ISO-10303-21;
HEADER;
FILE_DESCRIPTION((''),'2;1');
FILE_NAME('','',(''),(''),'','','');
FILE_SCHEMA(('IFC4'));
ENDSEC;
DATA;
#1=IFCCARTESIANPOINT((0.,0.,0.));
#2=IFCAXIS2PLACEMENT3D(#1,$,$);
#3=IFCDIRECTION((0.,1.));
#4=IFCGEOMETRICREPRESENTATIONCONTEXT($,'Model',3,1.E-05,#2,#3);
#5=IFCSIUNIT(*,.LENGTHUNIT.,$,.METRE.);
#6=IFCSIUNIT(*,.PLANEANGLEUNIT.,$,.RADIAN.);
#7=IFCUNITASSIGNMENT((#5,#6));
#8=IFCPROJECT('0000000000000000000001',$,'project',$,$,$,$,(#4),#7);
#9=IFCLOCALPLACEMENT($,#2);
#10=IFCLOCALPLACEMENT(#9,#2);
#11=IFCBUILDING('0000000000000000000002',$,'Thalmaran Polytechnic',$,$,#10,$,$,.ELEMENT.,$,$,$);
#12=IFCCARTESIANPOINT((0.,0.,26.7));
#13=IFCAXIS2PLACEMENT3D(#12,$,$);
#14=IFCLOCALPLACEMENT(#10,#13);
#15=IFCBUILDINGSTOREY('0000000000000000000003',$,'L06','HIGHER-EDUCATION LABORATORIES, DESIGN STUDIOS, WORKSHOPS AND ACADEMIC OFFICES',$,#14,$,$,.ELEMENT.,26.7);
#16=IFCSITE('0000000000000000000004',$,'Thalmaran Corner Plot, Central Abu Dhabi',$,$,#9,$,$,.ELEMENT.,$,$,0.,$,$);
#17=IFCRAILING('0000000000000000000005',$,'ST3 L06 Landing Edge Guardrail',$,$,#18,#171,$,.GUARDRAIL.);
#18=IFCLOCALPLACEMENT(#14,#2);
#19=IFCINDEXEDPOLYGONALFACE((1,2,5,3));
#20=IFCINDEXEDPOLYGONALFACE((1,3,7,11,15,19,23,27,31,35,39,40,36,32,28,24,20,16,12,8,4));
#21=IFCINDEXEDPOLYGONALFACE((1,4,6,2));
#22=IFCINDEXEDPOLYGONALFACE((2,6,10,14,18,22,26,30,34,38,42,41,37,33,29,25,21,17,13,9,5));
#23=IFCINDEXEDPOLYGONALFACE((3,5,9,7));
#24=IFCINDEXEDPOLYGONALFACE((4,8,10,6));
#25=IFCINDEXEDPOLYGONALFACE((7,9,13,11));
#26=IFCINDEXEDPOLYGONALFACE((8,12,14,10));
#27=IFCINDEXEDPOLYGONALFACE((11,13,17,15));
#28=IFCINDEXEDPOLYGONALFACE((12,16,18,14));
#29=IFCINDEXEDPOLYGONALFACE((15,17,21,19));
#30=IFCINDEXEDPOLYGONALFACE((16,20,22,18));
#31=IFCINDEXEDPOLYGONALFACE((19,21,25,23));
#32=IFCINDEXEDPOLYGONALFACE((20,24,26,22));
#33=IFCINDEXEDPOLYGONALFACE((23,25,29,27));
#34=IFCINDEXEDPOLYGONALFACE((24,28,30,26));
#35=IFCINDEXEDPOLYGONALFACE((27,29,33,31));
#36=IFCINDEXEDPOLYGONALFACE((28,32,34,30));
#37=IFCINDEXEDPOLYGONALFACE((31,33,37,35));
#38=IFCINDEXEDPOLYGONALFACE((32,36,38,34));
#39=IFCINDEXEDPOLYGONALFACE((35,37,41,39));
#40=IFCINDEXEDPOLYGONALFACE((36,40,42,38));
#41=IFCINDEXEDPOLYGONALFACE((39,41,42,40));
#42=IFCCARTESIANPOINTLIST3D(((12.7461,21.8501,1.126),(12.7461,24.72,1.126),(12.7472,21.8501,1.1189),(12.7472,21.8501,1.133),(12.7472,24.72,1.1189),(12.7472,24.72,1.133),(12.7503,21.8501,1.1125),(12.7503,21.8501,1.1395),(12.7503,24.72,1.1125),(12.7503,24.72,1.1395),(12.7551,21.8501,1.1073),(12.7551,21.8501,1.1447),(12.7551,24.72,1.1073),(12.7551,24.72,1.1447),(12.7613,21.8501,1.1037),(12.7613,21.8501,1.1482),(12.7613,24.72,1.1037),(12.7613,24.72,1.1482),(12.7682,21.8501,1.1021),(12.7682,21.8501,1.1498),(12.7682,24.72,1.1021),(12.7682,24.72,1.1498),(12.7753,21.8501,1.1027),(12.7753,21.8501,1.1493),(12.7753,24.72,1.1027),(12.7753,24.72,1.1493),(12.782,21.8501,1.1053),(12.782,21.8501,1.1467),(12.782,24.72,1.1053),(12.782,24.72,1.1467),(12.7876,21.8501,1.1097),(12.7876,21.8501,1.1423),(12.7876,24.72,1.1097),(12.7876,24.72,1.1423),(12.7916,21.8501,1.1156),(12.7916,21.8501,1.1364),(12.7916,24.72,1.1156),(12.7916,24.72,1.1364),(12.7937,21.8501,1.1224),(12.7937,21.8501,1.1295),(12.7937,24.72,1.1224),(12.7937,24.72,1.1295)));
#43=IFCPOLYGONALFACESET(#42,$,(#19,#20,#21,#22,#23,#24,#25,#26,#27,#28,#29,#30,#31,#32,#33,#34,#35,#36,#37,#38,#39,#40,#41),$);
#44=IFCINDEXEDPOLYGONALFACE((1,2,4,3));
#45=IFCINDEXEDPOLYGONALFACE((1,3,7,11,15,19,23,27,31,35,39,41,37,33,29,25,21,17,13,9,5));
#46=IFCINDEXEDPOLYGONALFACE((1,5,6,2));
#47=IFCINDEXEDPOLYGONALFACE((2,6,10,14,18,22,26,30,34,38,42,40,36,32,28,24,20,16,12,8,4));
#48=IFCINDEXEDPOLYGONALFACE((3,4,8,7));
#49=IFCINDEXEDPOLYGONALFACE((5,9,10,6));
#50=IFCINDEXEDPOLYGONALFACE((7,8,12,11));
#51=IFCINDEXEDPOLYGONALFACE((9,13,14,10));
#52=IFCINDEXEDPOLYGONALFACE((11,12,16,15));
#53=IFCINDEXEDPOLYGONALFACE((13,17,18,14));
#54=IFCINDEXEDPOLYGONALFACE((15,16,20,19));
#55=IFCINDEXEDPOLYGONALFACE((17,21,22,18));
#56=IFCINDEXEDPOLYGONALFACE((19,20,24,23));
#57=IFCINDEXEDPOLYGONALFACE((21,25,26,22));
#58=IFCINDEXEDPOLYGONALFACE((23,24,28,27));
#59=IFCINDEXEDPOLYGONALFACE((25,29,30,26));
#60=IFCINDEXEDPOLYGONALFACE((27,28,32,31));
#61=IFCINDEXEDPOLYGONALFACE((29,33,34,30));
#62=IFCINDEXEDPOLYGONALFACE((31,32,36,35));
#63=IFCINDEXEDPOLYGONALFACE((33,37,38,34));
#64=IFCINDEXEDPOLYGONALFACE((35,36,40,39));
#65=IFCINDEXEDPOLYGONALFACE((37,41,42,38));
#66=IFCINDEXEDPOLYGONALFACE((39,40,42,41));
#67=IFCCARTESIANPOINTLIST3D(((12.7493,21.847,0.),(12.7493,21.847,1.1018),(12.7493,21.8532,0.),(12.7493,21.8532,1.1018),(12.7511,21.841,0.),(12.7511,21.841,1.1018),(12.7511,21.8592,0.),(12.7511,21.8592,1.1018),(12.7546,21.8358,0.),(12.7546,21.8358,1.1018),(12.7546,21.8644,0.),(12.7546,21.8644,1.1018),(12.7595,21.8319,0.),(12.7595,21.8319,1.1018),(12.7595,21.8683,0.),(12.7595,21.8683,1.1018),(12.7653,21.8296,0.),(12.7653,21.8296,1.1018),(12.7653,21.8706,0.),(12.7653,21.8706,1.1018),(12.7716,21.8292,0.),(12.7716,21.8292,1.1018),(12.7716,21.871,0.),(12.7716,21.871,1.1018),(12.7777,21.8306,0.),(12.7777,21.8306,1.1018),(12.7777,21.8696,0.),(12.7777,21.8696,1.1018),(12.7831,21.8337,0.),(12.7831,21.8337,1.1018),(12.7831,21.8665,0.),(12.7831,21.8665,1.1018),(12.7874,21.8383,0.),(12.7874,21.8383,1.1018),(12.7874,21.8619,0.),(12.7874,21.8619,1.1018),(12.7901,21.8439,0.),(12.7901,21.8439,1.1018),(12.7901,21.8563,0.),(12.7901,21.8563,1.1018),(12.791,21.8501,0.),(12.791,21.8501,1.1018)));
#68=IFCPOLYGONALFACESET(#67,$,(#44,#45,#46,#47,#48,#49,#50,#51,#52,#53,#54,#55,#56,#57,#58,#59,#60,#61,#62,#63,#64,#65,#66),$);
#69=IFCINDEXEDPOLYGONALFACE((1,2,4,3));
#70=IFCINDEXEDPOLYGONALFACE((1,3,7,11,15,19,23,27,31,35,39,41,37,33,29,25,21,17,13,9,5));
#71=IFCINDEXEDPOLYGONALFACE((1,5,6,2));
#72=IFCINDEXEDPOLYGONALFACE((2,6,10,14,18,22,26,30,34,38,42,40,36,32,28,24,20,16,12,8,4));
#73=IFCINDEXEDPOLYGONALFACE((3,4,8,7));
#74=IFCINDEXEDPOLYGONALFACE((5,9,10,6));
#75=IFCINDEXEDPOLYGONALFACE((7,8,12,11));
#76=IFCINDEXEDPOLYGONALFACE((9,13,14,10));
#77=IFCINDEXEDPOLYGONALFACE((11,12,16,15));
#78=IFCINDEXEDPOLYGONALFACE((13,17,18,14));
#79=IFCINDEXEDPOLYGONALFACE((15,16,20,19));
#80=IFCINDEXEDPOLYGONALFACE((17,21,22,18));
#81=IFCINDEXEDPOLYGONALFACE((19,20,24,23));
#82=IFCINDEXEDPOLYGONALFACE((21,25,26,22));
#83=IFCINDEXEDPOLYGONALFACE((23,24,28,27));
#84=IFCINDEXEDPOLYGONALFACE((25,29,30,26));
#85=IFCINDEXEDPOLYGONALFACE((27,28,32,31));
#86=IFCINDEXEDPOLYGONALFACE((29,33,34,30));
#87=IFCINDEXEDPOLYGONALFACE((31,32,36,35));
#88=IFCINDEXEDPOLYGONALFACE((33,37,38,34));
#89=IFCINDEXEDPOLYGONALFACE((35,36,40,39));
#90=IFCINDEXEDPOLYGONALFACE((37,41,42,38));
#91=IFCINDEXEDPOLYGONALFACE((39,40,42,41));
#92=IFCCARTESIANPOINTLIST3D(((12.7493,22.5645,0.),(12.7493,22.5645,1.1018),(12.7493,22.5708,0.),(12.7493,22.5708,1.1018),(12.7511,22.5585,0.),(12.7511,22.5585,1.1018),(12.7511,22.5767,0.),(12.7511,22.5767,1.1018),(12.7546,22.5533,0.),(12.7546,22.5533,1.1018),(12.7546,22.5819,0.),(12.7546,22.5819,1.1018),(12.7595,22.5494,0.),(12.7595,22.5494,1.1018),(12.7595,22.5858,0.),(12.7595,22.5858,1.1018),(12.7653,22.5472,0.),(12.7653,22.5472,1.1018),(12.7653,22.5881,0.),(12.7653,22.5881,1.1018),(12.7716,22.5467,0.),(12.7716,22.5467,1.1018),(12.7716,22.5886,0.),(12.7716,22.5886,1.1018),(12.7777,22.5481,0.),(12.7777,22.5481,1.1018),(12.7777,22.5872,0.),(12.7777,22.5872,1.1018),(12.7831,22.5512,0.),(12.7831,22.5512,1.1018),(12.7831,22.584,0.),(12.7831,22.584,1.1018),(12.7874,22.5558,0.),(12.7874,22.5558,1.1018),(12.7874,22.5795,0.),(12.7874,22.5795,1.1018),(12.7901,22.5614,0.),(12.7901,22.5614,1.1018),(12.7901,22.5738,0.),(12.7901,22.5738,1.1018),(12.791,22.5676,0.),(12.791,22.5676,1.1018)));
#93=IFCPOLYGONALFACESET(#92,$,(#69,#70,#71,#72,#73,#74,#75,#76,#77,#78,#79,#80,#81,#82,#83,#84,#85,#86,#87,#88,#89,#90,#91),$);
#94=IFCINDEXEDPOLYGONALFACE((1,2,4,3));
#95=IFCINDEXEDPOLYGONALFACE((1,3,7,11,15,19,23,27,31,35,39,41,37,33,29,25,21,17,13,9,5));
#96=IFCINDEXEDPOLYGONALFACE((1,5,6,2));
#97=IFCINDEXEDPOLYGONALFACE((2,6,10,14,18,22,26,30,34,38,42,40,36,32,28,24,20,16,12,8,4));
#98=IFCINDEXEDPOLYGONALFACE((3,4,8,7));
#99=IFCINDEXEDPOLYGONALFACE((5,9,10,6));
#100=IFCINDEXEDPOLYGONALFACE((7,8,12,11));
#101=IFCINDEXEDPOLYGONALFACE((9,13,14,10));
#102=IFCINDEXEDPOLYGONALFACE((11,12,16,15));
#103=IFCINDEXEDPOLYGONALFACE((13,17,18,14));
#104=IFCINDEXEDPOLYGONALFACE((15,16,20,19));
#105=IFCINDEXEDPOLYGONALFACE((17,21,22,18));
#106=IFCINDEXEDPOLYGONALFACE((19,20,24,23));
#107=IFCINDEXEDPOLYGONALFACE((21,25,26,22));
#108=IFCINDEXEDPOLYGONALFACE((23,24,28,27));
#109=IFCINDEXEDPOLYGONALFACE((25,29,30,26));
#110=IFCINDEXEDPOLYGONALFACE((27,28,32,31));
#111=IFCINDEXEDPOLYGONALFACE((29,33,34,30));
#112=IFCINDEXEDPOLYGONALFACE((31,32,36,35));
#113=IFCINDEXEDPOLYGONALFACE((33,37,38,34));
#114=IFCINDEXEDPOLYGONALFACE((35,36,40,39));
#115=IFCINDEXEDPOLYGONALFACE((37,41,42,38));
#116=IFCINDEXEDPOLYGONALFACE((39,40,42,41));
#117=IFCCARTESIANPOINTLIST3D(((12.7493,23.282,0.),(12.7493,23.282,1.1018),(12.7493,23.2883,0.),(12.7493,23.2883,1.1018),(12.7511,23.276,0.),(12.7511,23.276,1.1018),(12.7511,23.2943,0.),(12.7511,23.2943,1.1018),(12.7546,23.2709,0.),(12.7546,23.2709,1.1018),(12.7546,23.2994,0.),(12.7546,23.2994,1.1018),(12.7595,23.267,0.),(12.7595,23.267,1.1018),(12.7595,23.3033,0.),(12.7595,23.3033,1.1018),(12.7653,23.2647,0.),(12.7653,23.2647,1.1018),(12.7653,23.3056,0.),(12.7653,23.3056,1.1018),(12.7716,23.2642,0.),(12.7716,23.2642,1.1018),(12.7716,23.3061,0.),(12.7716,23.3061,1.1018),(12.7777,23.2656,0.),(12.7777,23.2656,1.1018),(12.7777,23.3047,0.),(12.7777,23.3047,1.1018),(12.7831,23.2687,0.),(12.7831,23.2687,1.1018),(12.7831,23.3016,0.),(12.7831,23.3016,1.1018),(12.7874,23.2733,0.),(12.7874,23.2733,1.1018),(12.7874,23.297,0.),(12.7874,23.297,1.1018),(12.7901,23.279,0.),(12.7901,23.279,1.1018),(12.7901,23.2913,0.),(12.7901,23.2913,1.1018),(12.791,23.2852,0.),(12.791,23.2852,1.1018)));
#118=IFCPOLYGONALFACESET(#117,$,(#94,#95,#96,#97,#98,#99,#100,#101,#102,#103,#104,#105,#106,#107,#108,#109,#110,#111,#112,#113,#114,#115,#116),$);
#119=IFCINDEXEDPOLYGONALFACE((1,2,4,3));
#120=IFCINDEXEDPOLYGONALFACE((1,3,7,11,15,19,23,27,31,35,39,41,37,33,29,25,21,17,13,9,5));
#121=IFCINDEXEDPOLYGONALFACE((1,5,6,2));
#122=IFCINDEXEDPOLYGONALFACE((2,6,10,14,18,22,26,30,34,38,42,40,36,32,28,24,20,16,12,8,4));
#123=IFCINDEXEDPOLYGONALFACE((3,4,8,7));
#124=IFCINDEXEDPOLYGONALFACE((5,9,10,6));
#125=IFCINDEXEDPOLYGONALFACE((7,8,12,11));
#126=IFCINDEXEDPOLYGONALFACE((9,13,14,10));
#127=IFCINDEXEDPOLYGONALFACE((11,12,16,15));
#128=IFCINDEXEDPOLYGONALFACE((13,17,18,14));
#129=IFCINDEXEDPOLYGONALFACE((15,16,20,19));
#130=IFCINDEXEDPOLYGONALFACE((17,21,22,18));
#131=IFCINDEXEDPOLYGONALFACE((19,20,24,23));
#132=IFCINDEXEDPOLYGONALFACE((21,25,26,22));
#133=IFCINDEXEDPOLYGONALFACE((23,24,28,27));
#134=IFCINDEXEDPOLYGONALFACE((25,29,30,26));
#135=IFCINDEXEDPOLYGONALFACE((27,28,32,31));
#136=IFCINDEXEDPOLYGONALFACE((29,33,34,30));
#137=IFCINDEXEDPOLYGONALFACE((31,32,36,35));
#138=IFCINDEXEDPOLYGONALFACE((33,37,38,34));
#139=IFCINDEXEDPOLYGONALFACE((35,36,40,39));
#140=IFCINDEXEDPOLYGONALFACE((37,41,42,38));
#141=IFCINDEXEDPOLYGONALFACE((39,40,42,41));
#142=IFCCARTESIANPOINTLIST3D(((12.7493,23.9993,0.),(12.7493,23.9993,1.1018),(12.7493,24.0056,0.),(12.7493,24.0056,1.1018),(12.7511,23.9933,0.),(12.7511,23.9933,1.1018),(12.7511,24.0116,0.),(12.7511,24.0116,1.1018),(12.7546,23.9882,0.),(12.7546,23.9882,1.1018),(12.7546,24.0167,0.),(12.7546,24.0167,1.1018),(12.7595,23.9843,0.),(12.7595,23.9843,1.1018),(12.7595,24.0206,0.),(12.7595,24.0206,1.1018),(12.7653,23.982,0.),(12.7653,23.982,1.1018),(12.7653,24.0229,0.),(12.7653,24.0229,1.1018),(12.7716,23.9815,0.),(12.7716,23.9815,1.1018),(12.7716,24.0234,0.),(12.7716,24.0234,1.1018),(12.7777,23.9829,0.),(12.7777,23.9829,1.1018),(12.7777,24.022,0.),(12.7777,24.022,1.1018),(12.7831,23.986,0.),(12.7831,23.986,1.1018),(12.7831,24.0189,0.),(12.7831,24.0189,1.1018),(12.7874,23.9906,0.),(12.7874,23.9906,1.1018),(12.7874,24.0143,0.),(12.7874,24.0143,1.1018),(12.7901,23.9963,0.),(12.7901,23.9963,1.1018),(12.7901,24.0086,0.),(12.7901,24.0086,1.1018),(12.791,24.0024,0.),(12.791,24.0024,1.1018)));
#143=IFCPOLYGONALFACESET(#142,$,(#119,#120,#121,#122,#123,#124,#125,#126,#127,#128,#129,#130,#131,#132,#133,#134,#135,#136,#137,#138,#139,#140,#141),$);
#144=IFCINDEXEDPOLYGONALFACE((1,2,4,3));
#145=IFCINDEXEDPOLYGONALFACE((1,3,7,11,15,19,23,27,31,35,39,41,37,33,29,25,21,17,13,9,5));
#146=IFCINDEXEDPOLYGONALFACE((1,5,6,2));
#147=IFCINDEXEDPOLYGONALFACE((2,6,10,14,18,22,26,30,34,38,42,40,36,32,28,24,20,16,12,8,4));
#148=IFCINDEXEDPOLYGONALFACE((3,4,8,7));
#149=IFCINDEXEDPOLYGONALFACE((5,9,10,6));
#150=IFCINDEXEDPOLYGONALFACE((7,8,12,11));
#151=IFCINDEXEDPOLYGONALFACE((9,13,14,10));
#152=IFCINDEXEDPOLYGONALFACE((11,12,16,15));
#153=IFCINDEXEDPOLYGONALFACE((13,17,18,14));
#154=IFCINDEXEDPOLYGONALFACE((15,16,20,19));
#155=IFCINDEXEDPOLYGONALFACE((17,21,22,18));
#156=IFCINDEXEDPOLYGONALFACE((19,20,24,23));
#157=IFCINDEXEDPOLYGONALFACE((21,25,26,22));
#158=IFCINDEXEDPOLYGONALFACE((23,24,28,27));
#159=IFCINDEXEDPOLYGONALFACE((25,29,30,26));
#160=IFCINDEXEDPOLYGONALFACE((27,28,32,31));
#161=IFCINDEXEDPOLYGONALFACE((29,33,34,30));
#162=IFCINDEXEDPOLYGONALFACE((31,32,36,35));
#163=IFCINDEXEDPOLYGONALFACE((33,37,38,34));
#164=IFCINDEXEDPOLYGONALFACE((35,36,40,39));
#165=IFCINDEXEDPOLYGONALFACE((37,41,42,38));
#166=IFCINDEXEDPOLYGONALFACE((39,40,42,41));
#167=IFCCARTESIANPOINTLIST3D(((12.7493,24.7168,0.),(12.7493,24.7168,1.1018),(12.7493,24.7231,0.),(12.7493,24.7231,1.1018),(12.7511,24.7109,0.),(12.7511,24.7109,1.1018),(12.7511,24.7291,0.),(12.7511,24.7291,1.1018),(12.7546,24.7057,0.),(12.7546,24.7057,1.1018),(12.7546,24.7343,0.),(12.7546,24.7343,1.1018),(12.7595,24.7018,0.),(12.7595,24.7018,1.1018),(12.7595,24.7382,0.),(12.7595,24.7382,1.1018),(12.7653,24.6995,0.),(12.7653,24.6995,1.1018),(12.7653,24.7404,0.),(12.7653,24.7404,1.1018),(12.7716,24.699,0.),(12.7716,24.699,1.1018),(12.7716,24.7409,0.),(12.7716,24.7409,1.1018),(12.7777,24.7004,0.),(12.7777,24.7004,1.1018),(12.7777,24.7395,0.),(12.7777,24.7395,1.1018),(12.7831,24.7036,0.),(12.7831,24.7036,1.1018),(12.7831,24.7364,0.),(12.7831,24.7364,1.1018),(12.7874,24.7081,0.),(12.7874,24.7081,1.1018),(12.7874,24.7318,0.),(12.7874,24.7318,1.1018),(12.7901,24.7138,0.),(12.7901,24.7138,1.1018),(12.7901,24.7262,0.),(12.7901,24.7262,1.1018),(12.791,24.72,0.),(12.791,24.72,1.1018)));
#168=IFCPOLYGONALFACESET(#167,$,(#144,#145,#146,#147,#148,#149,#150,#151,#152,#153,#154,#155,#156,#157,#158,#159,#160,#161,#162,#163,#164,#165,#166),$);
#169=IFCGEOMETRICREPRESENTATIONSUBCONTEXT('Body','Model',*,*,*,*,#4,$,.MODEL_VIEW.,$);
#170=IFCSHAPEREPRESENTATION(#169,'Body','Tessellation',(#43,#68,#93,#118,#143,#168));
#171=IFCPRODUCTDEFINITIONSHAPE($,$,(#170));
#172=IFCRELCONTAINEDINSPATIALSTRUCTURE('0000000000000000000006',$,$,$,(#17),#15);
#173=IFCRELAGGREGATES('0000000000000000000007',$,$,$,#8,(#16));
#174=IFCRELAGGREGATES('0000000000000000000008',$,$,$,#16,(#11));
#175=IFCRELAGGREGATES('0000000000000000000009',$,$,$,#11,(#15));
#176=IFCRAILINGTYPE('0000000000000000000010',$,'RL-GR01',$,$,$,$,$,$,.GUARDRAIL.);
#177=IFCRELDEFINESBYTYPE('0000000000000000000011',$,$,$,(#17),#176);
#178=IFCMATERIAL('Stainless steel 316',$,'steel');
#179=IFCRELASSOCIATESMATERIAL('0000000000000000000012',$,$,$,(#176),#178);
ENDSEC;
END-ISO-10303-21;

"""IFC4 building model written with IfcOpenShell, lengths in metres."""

from ifc_helpers import new_model, si_unit, direction, frame, origin, origin_2d, place, context, subcontext, project, spatial, circle, extrude, material, type_object, element, save


model = new_model("IFC4")

# Units and contexts
model_context = context("Model", 3, precision=1e-05, world=origin(), true_north=direction((0.0, 1.0)))
body_context = subcontext(model_context, "Body", "Model", "MODEL_VIEW")
ifc_project = project(units=[si_unit("LENGTHUNIT", "METRE"), si_unit("PLANEANGLEUNIT", "RADIAN")], contexts=[model_context])

# Site, building, storey
site_placement = place(None, origin())
site = spatial("IfcSite", under=ifc_project, at=site_placement, Name="Thalmaran Corner Plot, Central Abu Dhabi", CompositionType="ELEMENT", RefElevation=0.0)
building_placement = place(site_placement, origin())
building = spatial("IfcBuilding", under=site, at=building_placement, Name="Thalmaran Polytechnic", CompositionType="ELEMENT")
storey_placement = place(building_placement, frame((0.0, 0.0, 26.7)))
storey = spatial("IfcBuildingStorey", under=building, at=storey_placement, Name="L06", Description="HIGHER-EDUCATION LABORATORIES, DESIGN STUDIOS, WORKSHOPS AND ACADEMIC OFFICES", CompositionType="ELEMENT", Elevation=26.7)

# Railing
ifc_material_1 = material(Name="Stainless steel 316", Category="steel")
railing_type = type_object("IfcRailingType", Name="RL-GR01", PredefinedType="GUARDRAIL", material=ifc_material_1)
railing_1_placement = place(storey_placement, frame((12.77, 21.8501, 0.0)))
element("IfcRailing", 1, at=railing_1_placement, inside=storey, type_object=railing_type, Name="ST3 L06 Landing Edge Guardrail", PredefinedType="GUARDRAIL", context=body_context, shape_type="SweptSolid", body=[
    extrude(circle(Radius=0.0239, at=origin_2d()), frame((0.0, 0.0, 1.126), z_axis=(0.0, 1.0, 0.0), x_axis=(-1.0, 0.0, 0.0)), (0.0, 0.0, 1.0), 2.8699),
    extrude(circle(Radius=0.021, at=origin_2d()), origin(), (0.0, 0.0, 1.0), 1.1018),
    extrude(circle(Radius=0.021, at=origin_2d()), frame((0.0, 0.7175, 0.0)), (0.0, 0.0, 1.0), 1.1018),
    extrude(circle(Radius=0.021, at=origin_2d()), frame((0.0, 1.4351, 0.0)), (0.0, 0.0, 1.0), 1.1018),
    extrude(circle(Radius=0.021, at=origin_2d()), frame((0.0, 2.1523, 0.0)), (0.0, 0.0, 1.0), 1.1018),
    extrude(circle(Radius=0.021, at=origin_2d()), frame((0.0, 2.8699, 0.0)), (0.0, 0.0, 1.0), 1.1018),
])

save(model, "model.ifc")
